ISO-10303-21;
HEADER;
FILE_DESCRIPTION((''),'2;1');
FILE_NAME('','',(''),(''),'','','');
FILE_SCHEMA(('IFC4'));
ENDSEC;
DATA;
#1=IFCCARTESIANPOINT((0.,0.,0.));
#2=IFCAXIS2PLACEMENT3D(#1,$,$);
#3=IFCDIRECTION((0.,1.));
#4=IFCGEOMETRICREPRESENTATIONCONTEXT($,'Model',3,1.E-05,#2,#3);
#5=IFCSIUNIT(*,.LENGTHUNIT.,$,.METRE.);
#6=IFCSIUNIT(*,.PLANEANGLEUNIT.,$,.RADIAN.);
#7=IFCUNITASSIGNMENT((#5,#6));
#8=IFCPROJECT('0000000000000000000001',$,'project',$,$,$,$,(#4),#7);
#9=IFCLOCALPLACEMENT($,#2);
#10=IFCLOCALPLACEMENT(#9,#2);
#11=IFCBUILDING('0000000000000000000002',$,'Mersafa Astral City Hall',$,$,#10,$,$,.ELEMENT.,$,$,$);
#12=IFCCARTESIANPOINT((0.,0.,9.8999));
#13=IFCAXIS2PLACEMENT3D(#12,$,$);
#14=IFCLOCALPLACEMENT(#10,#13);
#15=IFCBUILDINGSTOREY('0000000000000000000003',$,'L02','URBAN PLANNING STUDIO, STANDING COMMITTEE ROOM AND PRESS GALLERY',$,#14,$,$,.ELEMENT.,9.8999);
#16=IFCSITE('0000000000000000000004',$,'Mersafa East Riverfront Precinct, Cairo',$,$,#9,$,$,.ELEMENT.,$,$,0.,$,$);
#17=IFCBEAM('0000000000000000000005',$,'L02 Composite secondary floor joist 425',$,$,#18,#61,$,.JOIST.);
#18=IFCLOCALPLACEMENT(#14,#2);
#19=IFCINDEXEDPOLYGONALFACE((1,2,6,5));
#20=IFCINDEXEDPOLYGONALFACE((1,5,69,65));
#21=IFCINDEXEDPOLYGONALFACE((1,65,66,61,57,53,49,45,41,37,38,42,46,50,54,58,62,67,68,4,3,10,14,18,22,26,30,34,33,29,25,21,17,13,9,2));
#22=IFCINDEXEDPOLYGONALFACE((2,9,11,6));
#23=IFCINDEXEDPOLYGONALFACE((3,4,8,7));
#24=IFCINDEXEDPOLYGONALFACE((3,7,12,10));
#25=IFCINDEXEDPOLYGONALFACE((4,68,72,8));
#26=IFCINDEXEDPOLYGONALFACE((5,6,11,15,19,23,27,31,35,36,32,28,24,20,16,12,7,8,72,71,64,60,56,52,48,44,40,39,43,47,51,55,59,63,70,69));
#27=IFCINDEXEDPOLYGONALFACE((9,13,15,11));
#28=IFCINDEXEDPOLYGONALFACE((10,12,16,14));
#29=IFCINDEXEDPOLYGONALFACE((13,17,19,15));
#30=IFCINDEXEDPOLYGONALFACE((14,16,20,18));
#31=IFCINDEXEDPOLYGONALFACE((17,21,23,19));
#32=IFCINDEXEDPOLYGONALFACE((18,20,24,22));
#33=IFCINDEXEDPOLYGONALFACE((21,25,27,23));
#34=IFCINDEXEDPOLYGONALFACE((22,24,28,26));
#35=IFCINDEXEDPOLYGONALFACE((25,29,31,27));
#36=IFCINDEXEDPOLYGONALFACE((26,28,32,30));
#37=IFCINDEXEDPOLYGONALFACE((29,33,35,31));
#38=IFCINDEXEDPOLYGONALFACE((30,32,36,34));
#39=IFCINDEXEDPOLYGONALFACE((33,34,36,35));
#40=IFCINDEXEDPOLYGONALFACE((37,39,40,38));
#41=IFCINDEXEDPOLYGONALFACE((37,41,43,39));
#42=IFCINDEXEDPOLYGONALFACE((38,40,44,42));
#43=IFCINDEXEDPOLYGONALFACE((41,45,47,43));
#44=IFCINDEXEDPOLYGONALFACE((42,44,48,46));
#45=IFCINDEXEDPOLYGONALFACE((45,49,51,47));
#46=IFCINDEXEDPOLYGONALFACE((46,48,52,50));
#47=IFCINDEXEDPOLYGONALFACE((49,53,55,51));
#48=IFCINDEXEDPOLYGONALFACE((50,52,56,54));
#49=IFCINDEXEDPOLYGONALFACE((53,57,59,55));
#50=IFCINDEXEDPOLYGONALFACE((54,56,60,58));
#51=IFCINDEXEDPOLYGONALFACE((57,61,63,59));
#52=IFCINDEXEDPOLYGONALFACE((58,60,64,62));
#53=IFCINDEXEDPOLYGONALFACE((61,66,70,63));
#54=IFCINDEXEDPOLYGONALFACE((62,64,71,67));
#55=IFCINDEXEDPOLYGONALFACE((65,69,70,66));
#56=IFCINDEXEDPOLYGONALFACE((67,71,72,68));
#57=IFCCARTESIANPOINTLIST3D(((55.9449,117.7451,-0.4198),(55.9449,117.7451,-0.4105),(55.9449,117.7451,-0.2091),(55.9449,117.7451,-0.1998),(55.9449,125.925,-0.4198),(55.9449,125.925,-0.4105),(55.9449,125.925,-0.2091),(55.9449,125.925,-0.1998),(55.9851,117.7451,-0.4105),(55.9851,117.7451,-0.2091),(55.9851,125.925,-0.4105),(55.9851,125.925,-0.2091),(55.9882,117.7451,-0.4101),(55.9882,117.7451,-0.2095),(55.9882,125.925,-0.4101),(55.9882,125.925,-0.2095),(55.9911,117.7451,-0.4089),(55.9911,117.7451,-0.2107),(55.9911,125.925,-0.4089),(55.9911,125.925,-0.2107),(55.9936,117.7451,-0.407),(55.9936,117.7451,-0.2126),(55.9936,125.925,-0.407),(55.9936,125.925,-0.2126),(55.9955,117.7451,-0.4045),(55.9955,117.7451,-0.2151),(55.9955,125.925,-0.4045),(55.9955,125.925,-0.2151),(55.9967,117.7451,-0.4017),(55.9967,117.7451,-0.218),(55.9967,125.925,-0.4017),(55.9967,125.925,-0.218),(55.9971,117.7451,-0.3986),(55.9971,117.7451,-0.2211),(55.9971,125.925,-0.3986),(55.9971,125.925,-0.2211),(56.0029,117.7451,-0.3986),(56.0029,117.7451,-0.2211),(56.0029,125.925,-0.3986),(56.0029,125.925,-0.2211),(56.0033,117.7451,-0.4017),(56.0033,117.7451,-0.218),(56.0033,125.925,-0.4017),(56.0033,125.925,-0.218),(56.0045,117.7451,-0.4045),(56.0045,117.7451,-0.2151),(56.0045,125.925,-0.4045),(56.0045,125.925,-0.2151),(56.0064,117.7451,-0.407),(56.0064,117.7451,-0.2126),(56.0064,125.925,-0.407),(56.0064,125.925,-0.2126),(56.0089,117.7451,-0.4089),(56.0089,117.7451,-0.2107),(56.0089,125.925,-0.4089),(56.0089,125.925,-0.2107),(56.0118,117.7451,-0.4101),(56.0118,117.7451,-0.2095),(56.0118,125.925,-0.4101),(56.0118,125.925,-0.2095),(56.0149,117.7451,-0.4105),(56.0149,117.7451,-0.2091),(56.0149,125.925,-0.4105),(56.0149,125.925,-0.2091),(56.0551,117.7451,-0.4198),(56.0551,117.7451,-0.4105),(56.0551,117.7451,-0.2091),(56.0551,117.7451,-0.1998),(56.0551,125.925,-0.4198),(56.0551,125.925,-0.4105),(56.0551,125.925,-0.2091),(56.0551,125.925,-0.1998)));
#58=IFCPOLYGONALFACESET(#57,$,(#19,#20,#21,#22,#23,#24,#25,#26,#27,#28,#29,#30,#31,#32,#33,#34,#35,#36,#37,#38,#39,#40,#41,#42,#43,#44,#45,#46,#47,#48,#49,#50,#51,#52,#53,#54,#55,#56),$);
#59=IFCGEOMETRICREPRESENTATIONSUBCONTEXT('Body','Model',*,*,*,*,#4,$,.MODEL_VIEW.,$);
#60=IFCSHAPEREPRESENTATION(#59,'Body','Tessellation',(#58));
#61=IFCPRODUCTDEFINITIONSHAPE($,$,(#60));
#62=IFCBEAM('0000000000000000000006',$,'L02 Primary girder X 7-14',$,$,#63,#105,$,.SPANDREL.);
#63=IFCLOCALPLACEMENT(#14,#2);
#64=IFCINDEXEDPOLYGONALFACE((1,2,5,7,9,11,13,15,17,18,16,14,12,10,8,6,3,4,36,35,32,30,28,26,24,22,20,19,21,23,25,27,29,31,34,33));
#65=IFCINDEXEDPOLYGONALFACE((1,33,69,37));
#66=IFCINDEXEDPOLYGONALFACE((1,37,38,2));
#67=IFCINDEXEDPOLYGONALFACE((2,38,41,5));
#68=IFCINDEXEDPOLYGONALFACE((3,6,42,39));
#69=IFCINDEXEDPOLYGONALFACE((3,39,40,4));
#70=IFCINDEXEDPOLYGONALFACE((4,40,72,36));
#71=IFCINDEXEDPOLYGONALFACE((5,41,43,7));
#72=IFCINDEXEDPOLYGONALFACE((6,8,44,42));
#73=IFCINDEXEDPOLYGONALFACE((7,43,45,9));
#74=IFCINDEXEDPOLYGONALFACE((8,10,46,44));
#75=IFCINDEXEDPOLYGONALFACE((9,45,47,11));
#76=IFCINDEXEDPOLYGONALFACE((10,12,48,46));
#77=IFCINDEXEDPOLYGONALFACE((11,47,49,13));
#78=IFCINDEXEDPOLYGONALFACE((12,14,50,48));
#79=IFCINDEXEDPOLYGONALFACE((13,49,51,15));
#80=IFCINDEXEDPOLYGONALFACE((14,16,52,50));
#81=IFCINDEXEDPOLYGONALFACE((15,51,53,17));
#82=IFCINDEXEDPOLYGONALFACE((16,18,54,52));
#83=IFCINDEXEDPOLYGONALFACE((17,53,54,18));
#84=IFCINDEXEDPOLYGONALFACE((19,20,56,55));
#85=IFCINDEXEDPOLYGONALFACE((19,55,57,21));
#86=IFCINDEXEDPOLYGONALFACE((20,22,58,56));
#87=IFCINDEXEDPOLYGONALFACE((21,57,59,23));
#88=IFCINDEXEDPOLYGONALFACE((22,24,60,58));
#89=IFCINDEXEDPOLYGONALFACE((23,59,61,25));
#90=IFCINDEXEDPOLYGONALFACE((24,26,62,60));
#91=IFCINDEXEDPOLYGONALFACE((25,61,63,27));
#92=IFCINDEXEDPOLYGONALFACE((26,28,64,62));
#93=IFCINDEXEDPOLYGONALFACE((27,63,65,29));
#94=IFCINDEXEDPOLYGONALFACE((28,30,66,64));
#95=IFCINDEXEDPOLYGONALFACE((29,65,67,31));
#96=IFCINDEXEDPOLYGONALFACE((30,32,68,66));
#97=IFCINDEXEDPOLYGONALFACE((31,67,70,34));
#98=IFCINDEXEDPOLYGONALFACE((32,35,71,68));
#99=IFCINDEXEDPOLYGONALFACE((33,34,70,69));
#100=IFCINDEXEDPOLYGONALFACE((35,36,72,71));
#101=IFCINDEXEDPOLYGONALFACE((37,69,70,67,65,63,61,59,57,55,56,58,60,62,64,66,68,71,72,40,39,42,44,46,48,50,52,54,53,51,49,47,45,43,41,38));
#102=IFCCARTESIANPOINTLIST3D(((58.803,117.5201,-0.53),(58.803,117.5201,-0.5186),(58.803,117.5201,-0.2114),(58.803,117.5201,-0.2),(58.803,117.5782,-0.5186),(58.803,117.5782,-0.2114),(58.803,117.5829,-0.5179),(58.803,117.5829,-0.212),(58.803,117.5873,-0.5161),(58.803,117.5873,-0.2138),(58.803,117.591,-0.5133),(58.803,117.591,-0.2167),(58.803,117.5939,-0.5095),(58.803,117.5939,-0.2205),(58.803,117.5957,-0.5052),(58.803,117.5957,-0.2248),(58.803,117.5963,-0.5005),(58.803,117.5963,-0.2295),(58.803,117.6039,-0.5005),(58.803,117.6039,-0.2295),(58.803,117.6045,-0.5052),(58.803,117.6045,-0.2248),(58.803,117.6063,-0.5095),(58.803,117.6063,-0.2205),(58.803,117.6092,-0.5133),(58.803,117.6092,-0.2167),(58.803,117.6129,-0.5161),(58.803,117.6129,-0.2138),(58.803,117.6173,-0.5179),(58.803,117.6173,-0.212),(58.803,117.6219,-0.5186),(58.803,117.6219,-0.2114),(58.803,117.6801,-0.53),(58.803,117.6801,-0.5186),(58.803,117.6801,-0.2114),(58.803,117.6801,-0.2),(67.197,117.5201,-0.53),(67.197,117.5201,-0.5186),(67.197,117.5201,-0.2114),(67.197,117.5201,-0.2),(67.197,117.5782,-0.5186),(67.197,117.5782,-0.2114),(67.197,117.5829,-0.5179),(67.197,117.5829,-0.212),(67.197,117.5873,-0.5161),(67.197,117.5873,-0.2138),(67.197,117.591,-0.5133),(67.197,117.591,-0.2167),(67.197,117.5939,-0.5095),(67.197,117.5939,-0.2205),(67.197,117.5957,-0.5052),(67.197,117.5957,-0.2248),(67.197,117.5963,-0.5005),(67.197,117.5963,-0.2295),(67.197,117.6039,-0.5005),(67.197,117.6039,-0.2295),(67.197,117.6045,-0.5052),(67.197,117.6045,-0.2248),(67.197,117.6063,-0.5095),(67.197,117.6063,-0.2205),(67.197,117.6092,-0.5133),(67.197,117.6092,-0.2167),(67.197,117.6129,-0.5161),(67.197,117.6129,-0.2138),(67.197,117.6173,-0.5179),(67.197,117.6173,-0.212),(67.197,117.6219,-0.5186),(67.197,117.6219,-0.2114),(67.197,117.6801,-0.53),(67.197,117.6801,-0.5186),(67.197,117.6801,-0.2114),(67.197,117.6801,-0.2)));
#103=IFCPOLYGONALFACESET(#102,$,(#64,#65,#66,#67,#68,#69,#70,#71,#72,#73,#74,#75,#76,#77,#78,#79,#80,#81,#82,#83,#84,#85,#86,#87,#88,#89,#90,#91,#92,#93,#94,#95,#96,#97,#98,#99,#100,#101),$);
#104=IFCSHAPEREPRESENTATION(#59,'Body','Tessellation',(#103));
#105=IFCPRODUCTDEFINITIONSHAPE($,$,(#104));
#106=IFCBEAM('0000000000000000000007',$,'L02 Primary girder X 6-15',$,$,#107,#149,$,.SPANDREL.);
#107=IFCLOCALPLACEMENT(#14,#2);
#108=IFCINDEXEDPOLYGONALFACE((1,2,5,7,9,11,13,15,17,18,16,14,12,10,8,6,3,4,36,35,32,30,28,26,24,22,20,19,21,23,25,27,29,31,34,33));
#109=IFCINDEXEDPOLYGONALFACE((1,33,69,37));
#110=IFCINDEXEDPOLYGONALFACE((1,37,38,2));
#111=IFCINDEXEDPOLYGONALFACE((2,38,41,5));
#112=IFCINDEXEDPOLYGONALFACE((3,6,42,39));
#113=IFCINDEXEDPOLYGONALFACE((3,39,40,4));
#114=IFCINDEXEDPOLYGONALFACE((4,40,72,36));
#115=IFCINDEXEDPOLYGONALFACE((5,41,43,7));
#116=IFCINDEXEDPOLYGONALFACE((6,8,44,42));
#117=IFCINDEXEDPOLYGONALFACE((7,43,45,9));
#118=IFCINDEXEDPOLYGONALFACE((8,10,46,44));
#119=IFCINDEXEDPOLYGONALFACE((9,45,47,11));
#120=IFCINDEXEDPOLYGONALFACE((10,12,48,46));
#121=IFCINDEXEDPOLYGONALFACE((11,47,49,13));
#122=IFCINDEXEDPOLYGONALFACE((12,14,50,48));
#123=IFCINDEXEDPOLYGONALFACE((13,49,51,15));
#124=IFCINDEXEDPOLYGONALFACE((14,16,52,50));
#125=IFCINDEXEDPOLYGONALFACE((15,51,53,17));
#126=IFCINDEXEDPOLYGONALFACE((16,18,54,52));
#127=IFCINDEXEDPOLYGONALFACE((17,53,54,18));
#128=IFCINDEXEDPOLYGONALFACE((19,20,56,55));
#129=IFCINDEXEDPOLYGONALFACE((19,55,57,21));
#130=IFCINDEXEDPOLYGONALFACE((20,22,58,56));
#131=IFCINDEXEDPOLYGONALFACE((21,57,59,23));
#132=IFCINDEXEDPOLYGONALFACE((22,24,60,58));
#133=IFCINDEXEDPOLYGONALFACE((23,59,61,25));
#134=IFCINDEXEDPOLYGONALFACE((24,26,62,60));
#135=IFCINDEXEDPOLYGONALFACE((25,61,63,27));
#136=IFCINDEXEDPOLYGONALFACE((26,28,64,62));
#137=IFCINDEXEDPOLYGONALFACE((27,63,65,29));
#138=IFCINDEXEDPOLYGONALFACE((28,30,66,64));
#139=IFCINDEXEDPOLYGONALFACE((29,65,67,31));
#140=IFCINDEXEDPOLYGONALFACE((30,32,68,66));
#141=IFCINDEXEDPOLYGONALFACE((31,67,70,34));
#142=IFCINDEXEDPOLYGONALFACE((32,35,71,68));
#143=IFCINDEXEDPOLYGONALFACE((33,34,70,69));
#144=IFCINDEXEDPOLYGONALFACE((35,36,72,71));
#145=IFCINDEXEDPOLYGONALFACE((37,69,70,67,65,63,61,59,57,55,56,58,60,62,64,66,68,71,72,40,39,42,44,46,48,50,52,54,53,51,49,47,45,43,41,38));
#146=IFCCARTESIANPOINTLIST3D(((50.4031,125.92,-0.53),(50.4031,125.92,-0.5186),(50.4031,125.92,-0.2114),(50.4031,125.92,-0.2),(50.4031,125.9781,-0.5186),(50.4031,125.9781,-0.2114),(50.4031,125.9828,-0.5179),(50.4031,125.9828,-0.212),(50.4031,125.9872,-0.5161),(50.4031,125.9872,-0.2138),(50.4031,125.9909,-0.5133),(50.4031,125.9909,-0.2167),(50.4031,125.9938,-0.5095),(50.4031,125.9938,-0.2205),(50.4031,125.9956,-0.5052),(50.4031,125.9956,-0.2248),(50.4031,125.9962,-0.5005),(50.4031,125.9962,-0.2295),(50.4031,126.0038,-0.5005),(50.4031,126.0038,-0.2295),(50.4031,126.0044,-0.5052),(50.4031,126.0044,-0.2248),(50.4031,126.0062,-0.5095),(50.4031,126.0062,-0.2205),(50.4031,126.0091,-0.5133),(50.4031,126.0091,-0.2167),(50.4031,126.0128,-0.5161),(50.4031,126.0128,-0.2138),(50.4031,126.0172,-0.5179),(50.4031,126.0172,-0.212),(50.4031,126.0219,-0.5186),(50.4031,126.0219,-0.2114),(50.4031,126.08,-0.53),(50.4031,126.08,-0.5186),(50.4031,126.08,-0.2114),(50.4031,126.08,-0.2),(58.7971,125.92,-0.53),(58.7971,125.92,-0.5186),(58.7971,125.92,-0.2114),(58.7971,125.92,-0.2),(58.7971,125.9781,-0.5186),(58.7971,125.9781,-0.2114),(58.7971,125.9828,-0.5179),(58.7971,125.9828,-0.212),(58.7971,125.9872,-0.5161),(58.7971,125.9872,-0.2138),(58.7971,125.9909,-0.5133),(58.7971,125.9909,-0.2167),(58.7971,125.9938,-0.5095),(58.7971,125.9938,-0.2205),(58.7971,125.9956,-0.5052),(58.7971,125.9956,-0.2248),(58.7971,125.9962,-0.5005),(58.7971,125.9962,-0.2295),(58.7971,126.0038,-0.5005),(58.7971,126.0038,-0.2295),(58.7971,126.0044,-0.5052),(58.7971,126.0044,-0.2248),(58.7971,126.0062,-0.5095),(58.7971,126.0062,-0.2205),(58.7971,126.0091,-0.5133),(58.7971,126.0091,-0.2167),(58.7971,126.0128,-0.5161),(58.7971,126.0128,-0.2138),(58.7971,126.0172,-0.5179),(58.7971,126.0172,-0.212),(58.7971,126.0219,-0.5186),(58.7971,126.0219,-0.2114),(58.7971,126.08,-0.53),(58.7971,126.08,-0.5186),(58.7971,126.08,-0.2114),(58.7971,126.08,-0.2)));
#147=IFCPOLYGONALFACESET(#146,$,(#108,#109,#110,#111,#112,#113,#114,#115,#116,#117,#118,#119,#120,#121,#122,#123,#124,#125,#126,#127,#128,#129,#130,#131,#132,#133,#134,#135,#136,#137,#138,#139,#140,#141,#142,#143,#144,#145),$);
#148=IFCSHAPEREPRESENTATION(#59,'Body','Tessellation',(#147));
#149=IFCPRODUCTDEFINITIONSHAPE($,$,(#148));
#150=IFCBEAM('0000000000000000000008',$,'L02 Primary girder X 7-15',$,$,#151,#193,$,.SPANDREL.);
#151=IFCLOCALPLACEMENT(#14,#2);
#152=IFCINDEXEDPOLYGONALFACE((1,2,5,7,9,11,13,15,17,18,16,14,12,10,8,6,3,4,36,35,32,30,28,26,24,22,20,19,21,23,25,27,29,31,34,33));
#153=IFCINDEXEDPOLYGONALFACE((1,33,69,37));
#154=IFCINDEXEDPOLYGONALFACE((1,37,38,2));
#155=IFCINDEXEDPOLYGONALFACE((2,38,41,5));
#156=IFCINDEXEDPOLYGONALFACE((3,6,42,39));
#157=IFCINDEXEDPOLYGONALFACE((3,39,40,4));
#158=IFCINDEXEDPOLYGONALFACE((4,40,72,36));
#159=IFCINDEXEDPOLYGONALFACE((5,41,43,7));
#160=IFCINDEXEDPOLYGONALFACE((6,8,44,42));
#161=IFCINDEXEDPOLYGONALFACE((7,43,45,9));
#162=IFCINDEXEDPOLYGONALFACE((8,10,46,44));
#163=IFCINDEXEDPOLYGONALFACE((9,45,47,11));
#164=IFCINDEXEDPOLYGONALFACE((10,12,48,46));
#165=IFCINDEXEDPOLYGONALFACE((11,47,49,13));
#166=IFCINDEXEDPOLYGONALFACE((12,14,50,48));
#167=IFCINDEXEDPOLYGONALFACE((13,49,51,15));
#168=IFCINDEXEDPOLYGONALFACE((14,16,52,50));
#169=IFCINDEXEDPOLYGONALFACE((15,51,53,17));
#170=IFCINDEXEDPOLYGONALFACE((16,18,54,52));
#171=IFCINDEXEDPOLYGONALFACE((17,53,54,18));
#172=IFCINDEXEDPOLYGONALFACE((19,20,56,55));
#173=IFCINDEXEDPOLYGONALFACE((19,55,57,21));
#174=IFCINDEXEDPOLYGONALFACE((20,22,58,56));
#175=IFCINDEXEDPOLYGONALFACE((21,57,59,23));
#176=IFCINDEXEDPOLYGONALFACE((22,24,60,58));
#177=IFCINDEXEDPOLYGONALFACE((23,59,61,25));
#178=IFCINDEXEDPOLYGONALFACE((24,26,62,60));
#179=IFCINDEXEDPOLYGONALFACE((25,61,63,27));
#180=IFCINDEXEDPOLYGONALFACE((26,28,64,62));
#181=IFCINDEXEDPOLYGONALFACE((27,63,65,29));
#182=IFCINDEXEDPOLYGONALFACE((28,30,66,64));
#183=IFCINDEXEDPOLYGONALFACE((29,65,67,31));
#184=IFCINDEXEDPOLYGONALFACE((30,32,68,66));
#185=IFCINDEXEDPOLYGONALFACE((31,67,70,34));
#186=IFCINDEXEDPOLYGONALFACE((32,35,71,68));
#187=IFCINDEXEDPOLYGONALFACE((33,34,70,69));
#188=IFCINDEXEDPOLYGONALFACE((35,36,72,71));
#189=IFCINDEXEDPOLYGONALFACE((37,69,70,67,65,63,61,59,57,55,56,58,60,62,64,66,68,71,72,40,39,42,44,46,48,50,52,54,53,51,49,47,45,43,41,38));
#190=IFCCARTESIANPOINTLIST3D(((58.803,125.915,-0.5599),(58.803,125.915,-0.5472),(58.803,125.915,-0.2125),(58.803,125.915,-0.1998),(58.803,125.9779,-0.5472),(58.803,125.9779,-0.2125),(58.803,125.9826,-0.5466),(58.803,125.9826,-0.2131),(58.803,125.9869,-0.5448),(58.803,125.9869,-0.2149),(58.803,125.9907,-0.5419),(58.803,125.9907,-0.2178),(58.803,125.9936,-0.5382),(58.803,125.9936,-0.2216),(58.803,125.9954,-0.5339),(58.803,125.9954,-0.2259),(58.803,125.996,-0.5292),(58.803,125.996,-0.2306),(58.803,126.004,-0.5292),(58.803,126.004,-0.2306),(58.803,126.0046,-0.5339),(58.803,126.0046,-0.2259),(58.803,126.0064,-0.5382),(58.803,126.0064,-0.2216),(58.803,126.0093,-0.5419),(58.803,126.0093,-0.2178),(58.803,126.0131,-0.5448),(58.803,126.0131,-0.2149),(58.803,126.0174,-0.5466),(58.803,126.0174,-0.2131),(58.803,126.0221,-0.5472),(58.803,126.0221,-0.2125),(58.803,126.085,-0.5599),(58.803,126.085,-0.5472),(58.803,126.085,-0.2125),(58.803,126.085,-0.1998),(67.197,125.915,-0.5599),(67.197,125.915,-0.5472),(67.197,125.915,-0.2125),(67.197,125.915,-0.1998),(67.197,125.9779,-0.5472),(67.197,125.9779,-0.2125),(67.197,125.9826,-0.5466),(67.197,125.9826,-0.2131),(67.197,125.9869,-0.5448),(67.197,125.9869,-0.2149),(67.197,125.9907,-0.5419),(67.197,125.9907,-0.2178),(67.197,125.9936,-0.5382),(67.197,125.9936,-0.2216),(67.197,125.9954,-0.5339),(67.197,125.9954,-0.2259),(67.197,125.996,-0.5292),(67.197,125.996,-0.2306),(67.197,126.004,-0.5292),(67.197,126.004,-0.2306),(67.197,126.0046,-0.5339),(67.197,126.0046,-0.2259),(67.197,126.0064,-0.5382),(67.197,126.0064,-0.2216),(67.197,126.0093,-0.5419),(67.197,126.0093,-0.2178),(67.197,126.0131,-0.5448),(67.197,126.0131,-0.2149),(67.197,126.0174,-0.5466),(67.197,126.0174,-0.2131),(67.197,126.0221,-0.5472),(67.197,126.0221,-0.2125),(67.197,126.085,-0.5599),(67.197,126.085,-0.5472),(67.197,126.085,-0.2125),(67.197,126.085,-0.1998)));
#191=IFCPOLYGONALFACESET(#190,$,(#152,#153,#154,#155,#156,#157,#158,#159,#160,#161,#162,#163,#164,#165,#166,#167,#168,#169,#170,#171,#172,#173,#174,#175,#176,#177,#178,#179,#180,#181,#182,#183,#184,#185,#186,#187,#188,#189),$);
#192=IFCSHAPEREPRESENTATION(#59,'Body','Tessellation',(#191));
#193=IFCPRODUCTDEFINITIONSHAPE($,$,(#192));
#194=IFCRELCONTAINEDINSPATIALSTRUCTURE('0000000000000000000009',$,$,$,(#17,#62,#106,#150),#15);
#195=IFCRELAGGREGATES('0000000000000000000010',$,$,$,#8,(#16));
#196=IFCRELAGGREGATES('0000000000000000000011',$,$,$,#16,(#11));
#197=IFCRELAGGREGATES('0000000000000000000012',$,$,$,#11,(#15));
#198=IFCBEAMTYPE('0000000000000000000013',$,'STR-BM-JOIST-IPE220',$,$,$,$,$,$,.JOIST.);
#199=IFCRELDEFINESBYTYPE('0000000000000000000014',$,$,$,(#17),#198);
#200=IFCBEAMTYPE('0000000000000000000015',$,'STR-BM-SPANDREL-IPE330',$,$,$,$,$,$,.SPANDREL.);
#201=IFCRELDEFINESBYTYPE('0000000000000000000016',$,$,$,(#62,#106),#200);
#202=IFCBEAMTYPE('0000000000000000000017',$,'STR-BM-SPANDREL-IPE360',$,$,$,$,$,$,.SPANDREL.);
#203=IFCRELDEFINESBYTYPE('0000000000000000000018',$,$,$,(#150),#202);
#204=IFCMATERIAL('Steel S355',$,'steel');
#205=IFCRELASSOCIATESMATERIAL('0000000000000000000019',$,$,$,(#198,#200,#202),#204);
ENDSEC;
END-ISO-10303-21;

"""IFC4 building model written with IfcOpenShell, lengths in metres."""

from ifc_helpers import new_model, si_unit, direction, frame, origin, origin_2d, place, context, subcontext, project, spatial, i_section, extrude, material, material_profile, profile_set, type_object, element, save


model = new_model("IFC4")

# Units and contexts
model_context = context("Model", 3, precision=1e-05, world=origin(), true_north=direction((0.0, 1.0)))
body_context = subcontext(model_context, "Body", "Model", "MODEL_VIEW")
ifc_project = project(units=[si_unit("LENGTHUNIT", "METRE"), si_unit("PLANEANGLEUNIT", "RADIAN")], contexts=[model_context])

# Site, building, storey
site_placement = place(None, origin())
site = spatial("IfcSite", under=ifc_project, at=site_placement, Name="Mersafa East Riverfront Precinct, Cairo", CompositionType="ELEMENT", RefElevation=0.0)
building_placement = place(site_placement, origin())
building = spatial("IfcBuilding", under=site, at=building_placement, Name="Mersafa Astral City Hall", CompositionType="ELEMENT")
storey_placement = place(building_placement, frame((0.0, 0.0, 9.8999)))
storey = spatial("IfcBuildingStorey", under=building, at=storey_placement, Name="L02", Description="URBAN PLANNING STUDIO, STANDING COMMITTEE ROOM AND PRESS GALLERY", CompositionType="ELEMENT", Elevation=9.8999)

# Shared definitions
ifc_material_1 = material(Name="Steel S355", Category="steel")

# Beams
ifc_material_profile_1 = material_profile(ifc_material_1, i_section(OverallWidth=0.1101, OverallDepth=0.22, WebThickness=0.0059, FlangeThickness=0.0093, FilletRadius=0.012, at=origin_2d()), Name="IPE 220")
ifc_profile_set_1 = profile_set([ifc_material_profile_1], Name="Steel S355")
beam_type_1 = type_object("IfcBeamType", Name="STR-BM-JOIST-IPE220", PredefinedType="JOIST", material=ifc_profile_set_1)
for number, where, z_axis, x_axis, name in (
    (1, (56.0, 117.7451, -0.3098), (0.0, 1.0, 0.0), (-1.0, 0.0, 0.0), "L02 Composite secondary floor joist 425"),
):
    element("IfcBeam", number, at=place(storey_placement, frame(where, z_axis=z_axis, x_axis=x_axis)), inside=storey, type_object=beam_type_1, Name=name, PredefinedType="JOIST", context=body_context, shape_type="SweptSolid", body=[
        extrude(i_section(OverallWidth=0.1101, OverallDepth=0.22, WebThickness=0.0059, FlangeThickness=0.0093, FilletRadius=0.012, at=origin_2d()), origin(), (0.0, 0.0, 1.0), 8.1799),
    ])
ifc_material_profile_2 = material_profile(ifc_material_1, i_section(OverallWidth=0.1599, OverallDepth=0.3301, WebThickness=0.0076, FlangeThickness=0.0115, FilletRadius=0.0181, at=origin_2d()), Name="IPE 330")
ifc_profile_set_2 = profile_set([ifc_material_profile_2], Name="Steel S355")
beam_type_2 = type_object("IfcBeamType", Name="STR-BM-SPANDREL-IPE330", PredefinedType="SPANDREL", material=ifc_profile_set_2)
for number, where, z_axis, x_axis, name in (
    (2, (58.803, 117.6001, -0.365), (1.0, 0.0, 0.0), (0.0, 1.0, 0.0), "L02 Primary girder X 7-14"),
    (3, (50.4031, 126.0, -0.365), (1.0, 0.0, 0.0), (0.0, 1.0, 0.0), "L02 Primary girder X 6-15"),
):
    element("IfcBeam", number, at=place(storey_placement, frame(where, z_axis=z_axis, x_axis=x_axis)), inside=storey, type_object=beam_type_2, Name=name, PredefinedType="SPANDREL", context=body_context, shape_type="SweptSolid", body=[
        extrude(i_section(OverallWidth=0.1599, OverallDepth=0.3301, WebThickness=0.0076, FlangeThickness=0.0115, FilletRadius=0.0181, at=origin_2d()), origin(), (0.0, 0.0, 1.0), 8.394),
    ])
ifc_material_profile_3 = material_profile(ifc_material_1, i_section(OverallWidth=0.1699, OverallDepth=0.3601, WebThickness=0.0081, FlangeThickness=0.0127, FilletRadius=0.0181, at=origin_2d()), Name="IPE 360")
ifc_profile_set_3 = profile_set([ifc_material_profile_3], Name="Steel S355")
beam_type_3 = type_object("IfcBeamType", Name="STR-BM-SPANDREL-IPE360", PredefinedType="SPANDREL", material=ifc_profile_set_3)
beam_1_placement = place(storey_placement, frame((58.803, 126.0, -0.3799), z_axis=(1.0, 0.0, 0.0), x_axis=(0.0, 1.0, 0.0)))
element("IfcBeam", 4, at=beam_1_placement, inside=storey, type_object=beam_type_3, Name="L02 Primary girder X 7-15", PredefinedType="SPANDREL", context=body_context, shape_type="SweptSolid", body=[
    extrude(i_section(OverallWidth=0.1699, OverallDepth=0.3601, WebThickness=0.0081, FlangeThickness=0.0127, FilletRadius=0.0181, at=origin_2d()), origin(), (0.0, 0.0, 1.0), 8.394),
])

save(model, "model.ifc")
